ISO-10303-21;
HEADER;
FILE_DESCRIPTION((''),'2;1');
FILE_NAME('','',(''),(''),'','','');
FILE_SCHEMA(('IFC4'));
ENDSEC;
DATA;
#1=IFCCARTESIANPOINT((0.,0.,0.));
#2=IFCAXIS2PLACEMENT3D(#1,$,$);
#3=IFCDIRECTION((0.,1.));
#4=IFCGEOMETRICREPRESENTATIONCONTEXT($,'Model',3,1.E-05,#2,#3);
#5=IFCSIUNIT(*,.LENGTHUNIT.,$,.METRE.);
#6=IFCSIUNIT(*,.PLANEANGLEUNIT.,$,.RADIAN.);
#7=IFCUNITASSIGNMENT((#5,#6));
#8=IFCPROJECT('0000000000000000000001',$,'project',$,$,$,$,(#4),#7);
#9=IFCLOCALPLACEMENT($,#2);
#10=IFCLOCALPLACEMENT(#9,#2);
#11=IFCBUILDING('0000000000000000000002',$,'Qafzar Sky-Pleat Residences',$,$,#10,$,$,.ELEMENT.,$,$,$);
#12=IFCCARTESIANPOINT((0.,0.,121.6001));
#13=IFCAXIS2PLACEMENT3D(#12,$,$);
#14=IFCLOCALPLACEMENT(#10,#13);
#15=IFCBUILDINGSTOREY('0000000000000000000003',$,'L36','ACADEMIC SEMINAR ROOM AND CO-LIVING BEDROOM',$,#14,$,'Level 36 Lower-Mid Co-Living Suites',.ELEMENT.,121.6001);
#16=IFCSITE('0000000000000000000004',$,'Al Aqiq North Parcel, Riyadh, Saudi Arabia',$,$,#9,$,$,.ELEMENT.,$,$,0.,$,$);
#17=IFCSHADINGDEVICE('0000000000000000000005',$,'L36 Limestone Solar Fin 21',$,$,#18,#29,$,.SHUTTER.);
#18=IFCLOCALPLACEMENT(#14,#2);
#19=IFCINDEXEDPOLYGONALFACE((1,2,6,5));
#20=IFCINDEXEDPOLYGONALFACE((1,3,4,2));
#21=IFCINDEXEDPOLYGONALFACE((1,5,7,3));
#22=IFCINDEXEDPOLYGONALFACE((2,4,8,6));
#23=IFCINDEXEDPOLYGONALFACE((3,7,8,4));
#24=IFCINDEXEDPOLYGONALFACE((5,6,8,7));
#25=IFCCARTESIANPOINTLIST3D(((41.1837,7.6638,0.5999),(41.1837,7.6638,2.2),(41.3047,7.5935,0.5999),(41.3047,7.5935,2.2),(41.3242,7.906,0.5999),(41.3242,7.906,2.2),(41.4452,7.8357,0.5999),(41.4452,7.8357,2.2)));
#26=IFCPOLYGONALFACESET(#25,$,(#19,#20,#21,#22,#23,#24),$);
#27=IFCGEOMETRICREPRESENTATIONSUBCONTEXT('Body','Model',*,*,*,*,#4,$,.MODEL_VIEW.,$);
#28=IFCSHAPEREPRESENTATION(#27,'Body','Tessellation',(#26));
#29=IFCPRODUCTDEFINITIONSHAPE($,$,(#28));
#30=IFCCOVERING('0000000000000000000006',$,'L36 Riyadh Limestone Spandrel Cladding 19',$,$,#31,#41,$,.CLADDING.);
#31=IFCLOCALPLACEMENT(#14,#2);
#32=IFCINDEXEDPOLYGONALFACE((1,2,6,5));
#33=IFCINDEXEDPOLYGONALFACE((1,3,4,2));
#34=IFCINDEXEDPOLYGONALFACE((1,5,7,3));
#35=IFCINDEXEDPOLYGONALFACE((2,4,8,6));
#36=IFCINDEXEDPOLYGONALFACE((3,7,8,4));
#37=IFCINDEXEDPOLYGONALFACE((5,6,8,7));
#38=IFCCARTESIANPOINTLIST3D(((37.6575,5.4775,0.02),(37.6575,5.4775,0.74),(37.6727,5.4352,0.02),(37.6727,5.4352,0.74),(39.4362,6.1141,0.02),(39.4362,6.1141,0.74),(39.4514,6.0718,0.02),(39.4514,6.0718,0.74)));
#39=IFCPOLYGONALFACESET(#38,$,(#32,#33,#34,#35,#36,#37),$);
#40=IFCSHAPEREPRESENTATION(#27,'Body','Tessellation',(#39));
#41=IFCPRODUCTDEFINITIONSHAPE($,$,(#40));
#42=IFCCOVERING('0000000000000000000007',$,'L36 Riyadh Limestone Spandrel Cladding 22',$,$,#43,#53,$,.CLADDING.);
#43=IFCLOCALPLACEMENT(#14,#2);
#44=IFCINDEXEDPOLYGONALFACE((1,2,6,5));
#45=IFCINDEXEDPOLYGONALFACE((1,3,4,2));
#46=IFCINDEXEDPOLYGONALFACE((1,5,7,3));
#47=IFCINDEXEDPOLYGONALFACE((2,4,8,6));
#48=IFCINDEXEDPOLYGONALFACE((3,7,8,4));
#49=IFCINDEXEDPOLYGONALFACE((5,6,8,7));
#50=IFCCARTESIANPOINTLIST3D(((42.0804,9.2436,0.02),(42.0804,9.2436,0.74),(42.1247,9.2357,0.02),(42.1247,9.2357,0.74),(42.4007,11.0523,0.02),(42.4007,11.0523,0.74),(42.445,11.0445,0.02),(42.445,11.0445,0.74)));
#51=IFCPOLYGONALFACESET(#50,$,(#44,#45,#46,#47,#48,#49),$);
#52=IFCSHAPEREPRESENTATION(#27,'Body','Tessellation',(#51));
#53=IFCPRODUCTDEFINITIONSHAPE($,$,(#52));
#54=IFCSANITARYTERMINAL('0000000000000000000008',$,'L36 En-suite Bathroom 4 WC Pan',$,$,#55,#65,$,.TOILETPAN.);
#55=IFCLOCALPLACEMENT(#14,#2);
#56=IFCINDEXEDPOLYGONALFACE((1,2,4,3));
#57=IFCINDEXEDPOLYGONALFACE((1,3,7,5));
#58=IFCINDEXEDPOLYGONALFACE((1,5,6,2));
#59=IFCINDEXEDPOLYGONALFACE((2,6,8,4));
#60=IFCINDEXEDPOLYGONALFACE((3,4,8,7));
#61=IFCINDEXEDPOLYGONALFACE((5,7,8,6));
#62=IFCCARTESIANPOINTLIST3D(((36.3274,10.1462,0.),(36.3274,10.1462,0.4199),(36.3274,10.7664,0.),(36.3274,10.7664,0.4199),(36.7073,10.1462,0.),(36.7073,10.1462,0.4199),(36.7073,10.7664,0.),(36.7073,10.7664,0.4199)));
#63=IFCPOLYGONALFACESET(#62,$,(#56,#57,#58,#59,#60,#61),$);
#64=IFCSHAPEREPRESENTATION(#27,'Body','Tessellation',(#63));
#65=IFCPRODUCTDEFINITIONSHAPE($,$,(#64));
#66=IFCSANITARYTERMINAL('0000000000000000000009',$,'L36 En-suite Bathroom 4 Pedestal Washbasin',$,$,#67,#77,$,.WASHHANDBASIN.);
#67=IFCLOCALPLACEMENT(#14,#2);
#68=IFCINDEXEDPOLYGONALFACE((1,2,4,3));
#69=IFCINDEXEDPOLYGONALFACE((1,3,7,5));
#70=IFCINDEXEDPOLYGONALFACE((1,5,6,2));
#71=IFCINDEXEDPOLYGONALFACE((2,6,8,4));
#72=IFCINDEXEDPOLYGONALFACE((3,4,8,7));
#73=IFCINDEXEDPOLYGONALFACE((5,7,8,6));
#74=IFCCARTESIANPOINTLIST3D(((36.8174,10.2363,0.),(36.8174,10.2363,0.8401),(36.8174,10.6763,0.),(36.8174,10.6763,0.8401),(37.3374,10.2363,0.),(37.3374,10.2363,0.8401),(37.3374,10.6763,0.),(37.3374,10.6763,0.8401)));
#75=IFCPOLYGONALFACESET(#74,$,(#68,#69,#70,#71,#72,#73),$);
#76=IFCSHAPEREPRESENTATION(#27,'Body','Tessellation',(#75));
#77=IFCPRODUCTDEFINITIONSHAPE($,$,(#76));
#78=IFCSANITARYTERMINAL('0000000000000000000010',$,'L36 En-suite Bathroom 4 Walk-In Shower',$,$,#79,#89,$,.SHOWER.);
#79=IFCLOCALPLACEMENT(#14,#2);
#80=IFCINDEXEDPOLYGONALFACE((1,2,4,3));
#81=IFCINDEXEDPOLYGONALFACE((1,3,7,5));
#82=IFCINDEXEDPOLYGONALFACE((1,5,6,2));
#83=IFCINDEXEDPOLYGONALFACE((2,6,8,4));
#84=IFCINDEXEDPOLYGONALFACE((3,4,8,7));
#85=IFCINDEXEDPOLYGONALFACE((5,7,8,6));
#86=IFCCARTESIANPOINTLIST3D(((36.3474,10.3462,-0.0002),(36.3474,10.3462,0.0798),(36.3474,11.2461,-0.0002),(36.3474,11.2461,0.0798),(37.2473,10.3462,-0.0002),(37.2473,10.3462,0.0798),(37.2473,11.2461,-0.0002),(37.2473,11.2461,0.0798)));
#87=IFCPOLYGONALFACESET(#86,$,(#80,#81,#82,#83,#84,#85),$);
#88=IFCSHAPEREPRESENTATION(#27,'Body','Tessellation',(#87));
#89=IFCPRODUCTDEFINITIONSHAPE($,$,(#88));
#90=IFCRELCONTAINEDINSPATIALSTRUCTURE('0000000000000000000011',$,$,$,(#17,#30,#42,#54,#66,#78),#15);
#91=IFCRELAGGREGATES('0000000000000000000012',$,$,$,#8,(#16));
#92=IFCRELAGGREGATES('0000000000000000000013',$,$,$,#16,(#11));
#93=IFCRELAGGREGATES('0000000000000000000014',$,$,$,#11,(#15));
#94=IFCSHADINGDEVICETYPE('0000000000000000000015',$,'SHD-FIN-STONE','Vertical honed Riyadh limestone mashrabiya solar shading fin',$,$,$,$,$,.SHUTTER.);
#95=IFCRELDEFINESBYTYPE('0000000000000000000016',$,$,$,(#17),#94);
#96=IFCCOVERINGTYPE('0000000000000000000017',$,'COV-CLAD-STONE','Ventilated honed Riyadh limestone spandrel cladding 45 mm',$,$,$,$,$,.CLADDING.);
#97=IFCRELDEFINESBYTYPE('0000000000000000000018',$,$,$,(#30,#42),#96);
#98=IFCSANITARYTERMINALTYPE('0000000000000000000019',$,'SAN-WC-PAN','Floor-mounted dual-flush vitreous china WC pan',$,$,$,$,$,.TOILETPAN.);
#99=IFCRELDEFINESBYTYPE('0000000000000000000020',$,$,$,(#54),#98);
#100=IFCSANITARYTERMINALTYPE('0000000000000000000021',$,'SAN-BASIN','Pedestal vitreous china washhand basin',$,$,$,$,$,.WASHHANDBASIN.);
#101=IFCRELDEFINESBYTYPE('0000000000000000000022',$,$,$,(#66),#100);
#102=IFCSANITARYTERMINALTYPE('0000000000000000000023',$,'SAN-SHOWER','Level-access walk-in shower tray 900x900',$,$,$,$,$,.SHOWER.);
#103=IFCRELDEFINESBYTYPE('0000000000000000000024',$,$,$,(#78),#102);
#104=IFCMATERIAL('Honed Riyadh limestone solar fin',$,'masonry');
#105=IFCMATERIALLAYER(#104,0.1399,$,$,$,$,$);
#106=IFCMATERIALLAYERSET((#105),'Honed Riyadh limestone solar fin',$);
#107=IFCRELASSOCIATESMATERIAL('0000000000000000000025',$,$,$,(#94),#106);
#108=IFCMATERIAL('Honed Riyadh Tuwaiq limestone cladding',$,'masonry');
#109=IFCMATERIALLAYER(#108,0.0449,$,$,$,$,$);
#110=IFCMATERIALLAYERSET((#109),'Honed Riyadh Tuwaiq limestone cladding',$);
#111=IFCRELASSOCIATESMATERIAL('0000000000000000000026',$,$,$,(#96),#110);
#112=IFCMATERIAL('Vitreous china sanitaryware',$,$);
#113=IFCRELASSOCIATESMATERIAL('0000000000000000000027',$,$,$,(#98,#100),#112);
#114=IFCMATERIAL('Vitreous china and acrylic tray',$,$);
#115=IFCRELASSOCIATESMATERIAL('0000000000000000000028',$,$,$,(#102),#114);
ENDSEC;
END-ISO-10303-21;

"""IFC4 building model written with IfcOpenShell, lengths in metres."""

from ifc_helpers import new_model, si_unit, direction, frame, origin, origin_2d, place, context, subcontext, project, spatial, rectangle, extrude, source, transform, mapped, material, layer, layer_set, type_object, element, save


model = new_model("IFC4")

# Units and contexts
model_context = context("Model", 3, precision=1e-05, world=origin(), true_north=direction((0.0, 1.0)))
body_context = subcontext(model_context, "Body", "Model", "MODEL_VIEW")
ifc_project = project(units=[si_unit("LENGTHUNIT", "METRE"), si_unit("PLANEANGLEUNIT", "RADIAN")], contexts=[model_context])

# Site, building, storey
site_placement = place(None, origin())
site = spatial("IfcSite", under=ifc_project, at=site_placement, Name="Al Aqiq North Parcel, Riyadh, Saudi Arabia", CompositionType="ELEMENT", RefElevation=0.0)
building_placement = place(site_placement, origin())
building = spatial("IfcBuilding", under=site, at=building_placement, Name="Qafzar Sky-Pleat Residences", CompositionType="ELEMENT")
storey_placement = place(building_placement, frame((0.0, 0.0, 121.6001)))
storey = spatial("IfcBuildingStorey", under=building, at=storey_placement, Name="L36", Description="ACADEMIC SEMINAR ROOM AND CO-LIVING BEDROOM", LongName="Level 36 Lower-Mid Co-Living Suites", CompositionType="ELEMENT", Elevation=121.6001)

# Shading device
ifc_material_1 = material(Name="Honed Riyadh limestone solar fin", Category="masonry")
ifc_layer_1 = layer(ifc_material_1, 0.1399)
ifc_layer_set_1 = layer_set([ifc_layer_1], Name="Honed Riyadh limestone solar fin")
shading_device_type = type_object("IfcShadingDeviceType", Name="SHD-FIN-STONE", Description="Vertical honed Riyadh limestone mashrabiya solar shading fin", PredefinedType="SHUTTER", material=ifc_layer_set_1)
shared_shape_1 = source(origin(), body_context, "Body", "SweptSolid", [
    extrude(rectangle(XDim=0.1399, YDim=0.28, at=origin_2d()), origin(), (0.0, 0.0, 1.0), 1.6001),
])
shading_device_placement = place(storey_placement, frame((41.3145, 7.7498, 0.5999), z_axis=(0.0, 0.0, 1.0), x_axis=(0.864874, -0.501989, 0.0)))
element("IfcShadingDevice", 1, at=shading_device_placement, inside=storey, type_object=shading_device_type, Name="L36 Limestone Solar Fin 21", PredefinedType="SHUTTER", context=body_context, shape_type="MappedRepresentation", body=[
    mapped(shared_shape_1, transform((0.0, 0.0, 0.0), x_axis=(1.0, 0.0, 0.0), y_axis=(0.0, 1.0, 0.0), z_axis=(0.0, 0.0, 1.0), scale=1.0)),
])

# Coverings
ifc_material_2 = material(Name="Honed Riyadh Tuwaiq limestone cladding", Category="masonry")
ifc_layer_2 = layer(ifc_material_2, 0.0449)
ifc_layer_set_2 = layer_set([ifc_layer_2], Name="Honed Riyadh Tuwaiq limestone cladding")
covering_type = type_object("IfcCoveringType", Name="COV-CLAD-STONE", Description="Ventilated honed Riyadh limestone spandrel cladding 45 mm", PredefinedType="CLADDING", material=ifc_layer_set_2)
shared_shape_2 = source(origin(), body_context, "Body", "SweptSolid", [
    extrude(rectangle(XDim=1.8892, YDim=0.0449, at=origin_2d()), origin(), (0.0, 0.0, 1.0), 0.72),
])
covering_1_placement = place(storey_placement, frame((38.5544, 5.7747, 0.02), z_axis=(0.0, 0.0, 1.0), x_axis=(0.941519, 0.336961, 0.0)))
element("IfcCovering", 2, at=covering_1_placement, inside=storey, type_object=covering_type, Name="L36 Riyadh Limestone Spandrel Cladding 19", PredefinedType="CLADDING", context=body_context, shape_type="MappedRepresentation", body=[
    mapped(shared_shape_2, transform((0.0, 0.0, 0.0), x_axis=(1.0, 0.0, 0.0), y_axis=(0.0, 1.0, 0.0), z_axis=(0.0, 0.0, 1.0), scale=1.0)),
])
shared_shape_3 = source(origin(), body_context, "Body", "SweptSolid", [
    extrude(rectangle(XDim=1.8369, YDim=0.0449, at=origin_2d()), origin(), (0.0, 0.0, 1.0), 0.72),
])
covering_2_placement = place(storey_placement, frame((42.2627, 10.144, 0.02), z_axis=(0.0, 0.0, 1.0), x_axis=(0.174361, 0.984682, 0.0)))
element("IfcCovering", 3, at=covering_2_placement, inside=storey, type_object=covering_type, Name="L36 Riyadh Limestone Spandrel Cladding 22", PredefinedType="CLADDING", context=body_context, shape_type="MappedRepresentation", body=[
    mapped(shared_shape_3, transform((0.0, 0.0, 0.0), x_axis=(1.0, 0.0, 0.0), y_axis=(0.0, 1.0, 0.0), z_axis=(0.0, 0.0, 1.0), scale=1.0)),
])

# Sanitary terminals
ifc_material_3 = material(Name="Vitreous china sanitaryware")
sanitary_terminal_type_1 = type_object("IfcSanitaryTerminalType", Name="SAN-WC-PAN", Description="Floor-mounted dual-flush vitreous china WC pan", PredefinedType="TOILETPAN", material=ifc_material_3)
shared_shape_4 = source(origin(), body_context, "Body", "SweptSolid", [
    extrude(rectangle(XDim=0.3799, YDim=0.6201, at=origin_2d()), origin(), (0.0, 0.0, 1.0), 0.4199),
])
sanitary_terminal_1_placement = place(storey_placement, frame((36.5173, 10.4563, 0.0), z_axis=(0.0, 0.0, 1.0), x_axis=(1.0, 0.0, 0.0)))
element("IfcSanitaryTerminal", 4, at=sanitary_terminal_1_placement, inside=storey, type_object=sanitary_terminal_type_1, Name="L36 En-suite Bathroom 4 WC Pan", PredefinedType="TOILETPAN", context=body_context, shape_type="MappedRepresentation", body=[
    mapped(shared_shape_4, transform((0.0, 0.0, 0.0), x_axis=(1.0, 0.0, 0.0), y_axis=(0.0, 1.0, 0.0), z_axis=(0.0, 0.0, 1.0), scale=1.0)),
])
sanitary_terminal_type_2 = type_object("IfcSanitaryTerminalType", Name="SAN-BASIN", Description="Pedestal vitreous china washhand basin", PredefinedType="WASHHANDBASIN", material=ifc_material_3)
shared_shape_5 = source(origin(), body_context, "Body", "SweptSolid", [
    extrude(rectangle(XDim=0.52, YDim=0.4399, at=origin_2d()), origin(), (0.0, 0.0, 1.0), 0.8401),
])
sanitary_terminal_2_placement = place(storey_placement, frame((37.0774, 10.4563, 0.0), z_axis=(0.0, 0.0, 1.0), x_axis=(1.0, 0.0, 0.0)))
element("IfcSanitaryTerminal", 5, at=sanitary_terminal_2_placement, inside=storey, type_object=sanitary_terminal_type_2, Name="L36 En-suite Bathroom 4 Pedestal Washbasin", PredefinedType="WASHHANDBASIN", context=body_context, shape_type="MappedRepresentation", body=[
    mapped(shared_shape_5, transform((0.0, 0.0, 0.0), x_axis=(1.0, 0.0, 0.0), y_axis=(0.0, 1.0, 0.0), z_axis=(0.0, 0.0, 1.0), scale=1.0)),
])
ifc_material_4 = material(Name="Vitreous china and acrylic tray")
sanitary_terminal_type_3 = type_object("IfcSanitaryTerminalType", Name="SAN-SHOWER", Description="Level-access walk-in shower tray 900x900", PredefinedType="SHOWER", material=ifc_material_4)
shared_shape_6 = source(origin(), body_context, "Body", "SweptSolid", [
    extrude(rectangle(XDim=0.8999, YDim=0.8999, at=origin_2d()), origin(), (0.0, 0.0, 1.0), 0.0801),
])
sanitary_terminal_3_placement = place(storey_placement, frame((36.7974, 10.7961, -0.0002), z_axis=(0.0, 0.0, 1.0), x_axis=(1.0, 0.0, 0.0)))
element("IfcSanitaryTerminal", 6, at=sanitary_terminal_3_placement, inside=storey, type_object=sanitary_terminal_type_3, Name="L36 En-suite Bathroom 4 Walk-In Shower", PredefinedType="SHOWER", context=body_context, shape_type="MappedRepresentation", body=[
    mapped(shared_shape_6, transform((0.0, 0.0, 0.0), x_axis=(1.0, 0.0, 0.0), y_axis=(0.0, 1.0, 0.0), z_axis=(0.0, 0.0, 1.0), scale=1.0)),
])

save(model, "model.ifc")
